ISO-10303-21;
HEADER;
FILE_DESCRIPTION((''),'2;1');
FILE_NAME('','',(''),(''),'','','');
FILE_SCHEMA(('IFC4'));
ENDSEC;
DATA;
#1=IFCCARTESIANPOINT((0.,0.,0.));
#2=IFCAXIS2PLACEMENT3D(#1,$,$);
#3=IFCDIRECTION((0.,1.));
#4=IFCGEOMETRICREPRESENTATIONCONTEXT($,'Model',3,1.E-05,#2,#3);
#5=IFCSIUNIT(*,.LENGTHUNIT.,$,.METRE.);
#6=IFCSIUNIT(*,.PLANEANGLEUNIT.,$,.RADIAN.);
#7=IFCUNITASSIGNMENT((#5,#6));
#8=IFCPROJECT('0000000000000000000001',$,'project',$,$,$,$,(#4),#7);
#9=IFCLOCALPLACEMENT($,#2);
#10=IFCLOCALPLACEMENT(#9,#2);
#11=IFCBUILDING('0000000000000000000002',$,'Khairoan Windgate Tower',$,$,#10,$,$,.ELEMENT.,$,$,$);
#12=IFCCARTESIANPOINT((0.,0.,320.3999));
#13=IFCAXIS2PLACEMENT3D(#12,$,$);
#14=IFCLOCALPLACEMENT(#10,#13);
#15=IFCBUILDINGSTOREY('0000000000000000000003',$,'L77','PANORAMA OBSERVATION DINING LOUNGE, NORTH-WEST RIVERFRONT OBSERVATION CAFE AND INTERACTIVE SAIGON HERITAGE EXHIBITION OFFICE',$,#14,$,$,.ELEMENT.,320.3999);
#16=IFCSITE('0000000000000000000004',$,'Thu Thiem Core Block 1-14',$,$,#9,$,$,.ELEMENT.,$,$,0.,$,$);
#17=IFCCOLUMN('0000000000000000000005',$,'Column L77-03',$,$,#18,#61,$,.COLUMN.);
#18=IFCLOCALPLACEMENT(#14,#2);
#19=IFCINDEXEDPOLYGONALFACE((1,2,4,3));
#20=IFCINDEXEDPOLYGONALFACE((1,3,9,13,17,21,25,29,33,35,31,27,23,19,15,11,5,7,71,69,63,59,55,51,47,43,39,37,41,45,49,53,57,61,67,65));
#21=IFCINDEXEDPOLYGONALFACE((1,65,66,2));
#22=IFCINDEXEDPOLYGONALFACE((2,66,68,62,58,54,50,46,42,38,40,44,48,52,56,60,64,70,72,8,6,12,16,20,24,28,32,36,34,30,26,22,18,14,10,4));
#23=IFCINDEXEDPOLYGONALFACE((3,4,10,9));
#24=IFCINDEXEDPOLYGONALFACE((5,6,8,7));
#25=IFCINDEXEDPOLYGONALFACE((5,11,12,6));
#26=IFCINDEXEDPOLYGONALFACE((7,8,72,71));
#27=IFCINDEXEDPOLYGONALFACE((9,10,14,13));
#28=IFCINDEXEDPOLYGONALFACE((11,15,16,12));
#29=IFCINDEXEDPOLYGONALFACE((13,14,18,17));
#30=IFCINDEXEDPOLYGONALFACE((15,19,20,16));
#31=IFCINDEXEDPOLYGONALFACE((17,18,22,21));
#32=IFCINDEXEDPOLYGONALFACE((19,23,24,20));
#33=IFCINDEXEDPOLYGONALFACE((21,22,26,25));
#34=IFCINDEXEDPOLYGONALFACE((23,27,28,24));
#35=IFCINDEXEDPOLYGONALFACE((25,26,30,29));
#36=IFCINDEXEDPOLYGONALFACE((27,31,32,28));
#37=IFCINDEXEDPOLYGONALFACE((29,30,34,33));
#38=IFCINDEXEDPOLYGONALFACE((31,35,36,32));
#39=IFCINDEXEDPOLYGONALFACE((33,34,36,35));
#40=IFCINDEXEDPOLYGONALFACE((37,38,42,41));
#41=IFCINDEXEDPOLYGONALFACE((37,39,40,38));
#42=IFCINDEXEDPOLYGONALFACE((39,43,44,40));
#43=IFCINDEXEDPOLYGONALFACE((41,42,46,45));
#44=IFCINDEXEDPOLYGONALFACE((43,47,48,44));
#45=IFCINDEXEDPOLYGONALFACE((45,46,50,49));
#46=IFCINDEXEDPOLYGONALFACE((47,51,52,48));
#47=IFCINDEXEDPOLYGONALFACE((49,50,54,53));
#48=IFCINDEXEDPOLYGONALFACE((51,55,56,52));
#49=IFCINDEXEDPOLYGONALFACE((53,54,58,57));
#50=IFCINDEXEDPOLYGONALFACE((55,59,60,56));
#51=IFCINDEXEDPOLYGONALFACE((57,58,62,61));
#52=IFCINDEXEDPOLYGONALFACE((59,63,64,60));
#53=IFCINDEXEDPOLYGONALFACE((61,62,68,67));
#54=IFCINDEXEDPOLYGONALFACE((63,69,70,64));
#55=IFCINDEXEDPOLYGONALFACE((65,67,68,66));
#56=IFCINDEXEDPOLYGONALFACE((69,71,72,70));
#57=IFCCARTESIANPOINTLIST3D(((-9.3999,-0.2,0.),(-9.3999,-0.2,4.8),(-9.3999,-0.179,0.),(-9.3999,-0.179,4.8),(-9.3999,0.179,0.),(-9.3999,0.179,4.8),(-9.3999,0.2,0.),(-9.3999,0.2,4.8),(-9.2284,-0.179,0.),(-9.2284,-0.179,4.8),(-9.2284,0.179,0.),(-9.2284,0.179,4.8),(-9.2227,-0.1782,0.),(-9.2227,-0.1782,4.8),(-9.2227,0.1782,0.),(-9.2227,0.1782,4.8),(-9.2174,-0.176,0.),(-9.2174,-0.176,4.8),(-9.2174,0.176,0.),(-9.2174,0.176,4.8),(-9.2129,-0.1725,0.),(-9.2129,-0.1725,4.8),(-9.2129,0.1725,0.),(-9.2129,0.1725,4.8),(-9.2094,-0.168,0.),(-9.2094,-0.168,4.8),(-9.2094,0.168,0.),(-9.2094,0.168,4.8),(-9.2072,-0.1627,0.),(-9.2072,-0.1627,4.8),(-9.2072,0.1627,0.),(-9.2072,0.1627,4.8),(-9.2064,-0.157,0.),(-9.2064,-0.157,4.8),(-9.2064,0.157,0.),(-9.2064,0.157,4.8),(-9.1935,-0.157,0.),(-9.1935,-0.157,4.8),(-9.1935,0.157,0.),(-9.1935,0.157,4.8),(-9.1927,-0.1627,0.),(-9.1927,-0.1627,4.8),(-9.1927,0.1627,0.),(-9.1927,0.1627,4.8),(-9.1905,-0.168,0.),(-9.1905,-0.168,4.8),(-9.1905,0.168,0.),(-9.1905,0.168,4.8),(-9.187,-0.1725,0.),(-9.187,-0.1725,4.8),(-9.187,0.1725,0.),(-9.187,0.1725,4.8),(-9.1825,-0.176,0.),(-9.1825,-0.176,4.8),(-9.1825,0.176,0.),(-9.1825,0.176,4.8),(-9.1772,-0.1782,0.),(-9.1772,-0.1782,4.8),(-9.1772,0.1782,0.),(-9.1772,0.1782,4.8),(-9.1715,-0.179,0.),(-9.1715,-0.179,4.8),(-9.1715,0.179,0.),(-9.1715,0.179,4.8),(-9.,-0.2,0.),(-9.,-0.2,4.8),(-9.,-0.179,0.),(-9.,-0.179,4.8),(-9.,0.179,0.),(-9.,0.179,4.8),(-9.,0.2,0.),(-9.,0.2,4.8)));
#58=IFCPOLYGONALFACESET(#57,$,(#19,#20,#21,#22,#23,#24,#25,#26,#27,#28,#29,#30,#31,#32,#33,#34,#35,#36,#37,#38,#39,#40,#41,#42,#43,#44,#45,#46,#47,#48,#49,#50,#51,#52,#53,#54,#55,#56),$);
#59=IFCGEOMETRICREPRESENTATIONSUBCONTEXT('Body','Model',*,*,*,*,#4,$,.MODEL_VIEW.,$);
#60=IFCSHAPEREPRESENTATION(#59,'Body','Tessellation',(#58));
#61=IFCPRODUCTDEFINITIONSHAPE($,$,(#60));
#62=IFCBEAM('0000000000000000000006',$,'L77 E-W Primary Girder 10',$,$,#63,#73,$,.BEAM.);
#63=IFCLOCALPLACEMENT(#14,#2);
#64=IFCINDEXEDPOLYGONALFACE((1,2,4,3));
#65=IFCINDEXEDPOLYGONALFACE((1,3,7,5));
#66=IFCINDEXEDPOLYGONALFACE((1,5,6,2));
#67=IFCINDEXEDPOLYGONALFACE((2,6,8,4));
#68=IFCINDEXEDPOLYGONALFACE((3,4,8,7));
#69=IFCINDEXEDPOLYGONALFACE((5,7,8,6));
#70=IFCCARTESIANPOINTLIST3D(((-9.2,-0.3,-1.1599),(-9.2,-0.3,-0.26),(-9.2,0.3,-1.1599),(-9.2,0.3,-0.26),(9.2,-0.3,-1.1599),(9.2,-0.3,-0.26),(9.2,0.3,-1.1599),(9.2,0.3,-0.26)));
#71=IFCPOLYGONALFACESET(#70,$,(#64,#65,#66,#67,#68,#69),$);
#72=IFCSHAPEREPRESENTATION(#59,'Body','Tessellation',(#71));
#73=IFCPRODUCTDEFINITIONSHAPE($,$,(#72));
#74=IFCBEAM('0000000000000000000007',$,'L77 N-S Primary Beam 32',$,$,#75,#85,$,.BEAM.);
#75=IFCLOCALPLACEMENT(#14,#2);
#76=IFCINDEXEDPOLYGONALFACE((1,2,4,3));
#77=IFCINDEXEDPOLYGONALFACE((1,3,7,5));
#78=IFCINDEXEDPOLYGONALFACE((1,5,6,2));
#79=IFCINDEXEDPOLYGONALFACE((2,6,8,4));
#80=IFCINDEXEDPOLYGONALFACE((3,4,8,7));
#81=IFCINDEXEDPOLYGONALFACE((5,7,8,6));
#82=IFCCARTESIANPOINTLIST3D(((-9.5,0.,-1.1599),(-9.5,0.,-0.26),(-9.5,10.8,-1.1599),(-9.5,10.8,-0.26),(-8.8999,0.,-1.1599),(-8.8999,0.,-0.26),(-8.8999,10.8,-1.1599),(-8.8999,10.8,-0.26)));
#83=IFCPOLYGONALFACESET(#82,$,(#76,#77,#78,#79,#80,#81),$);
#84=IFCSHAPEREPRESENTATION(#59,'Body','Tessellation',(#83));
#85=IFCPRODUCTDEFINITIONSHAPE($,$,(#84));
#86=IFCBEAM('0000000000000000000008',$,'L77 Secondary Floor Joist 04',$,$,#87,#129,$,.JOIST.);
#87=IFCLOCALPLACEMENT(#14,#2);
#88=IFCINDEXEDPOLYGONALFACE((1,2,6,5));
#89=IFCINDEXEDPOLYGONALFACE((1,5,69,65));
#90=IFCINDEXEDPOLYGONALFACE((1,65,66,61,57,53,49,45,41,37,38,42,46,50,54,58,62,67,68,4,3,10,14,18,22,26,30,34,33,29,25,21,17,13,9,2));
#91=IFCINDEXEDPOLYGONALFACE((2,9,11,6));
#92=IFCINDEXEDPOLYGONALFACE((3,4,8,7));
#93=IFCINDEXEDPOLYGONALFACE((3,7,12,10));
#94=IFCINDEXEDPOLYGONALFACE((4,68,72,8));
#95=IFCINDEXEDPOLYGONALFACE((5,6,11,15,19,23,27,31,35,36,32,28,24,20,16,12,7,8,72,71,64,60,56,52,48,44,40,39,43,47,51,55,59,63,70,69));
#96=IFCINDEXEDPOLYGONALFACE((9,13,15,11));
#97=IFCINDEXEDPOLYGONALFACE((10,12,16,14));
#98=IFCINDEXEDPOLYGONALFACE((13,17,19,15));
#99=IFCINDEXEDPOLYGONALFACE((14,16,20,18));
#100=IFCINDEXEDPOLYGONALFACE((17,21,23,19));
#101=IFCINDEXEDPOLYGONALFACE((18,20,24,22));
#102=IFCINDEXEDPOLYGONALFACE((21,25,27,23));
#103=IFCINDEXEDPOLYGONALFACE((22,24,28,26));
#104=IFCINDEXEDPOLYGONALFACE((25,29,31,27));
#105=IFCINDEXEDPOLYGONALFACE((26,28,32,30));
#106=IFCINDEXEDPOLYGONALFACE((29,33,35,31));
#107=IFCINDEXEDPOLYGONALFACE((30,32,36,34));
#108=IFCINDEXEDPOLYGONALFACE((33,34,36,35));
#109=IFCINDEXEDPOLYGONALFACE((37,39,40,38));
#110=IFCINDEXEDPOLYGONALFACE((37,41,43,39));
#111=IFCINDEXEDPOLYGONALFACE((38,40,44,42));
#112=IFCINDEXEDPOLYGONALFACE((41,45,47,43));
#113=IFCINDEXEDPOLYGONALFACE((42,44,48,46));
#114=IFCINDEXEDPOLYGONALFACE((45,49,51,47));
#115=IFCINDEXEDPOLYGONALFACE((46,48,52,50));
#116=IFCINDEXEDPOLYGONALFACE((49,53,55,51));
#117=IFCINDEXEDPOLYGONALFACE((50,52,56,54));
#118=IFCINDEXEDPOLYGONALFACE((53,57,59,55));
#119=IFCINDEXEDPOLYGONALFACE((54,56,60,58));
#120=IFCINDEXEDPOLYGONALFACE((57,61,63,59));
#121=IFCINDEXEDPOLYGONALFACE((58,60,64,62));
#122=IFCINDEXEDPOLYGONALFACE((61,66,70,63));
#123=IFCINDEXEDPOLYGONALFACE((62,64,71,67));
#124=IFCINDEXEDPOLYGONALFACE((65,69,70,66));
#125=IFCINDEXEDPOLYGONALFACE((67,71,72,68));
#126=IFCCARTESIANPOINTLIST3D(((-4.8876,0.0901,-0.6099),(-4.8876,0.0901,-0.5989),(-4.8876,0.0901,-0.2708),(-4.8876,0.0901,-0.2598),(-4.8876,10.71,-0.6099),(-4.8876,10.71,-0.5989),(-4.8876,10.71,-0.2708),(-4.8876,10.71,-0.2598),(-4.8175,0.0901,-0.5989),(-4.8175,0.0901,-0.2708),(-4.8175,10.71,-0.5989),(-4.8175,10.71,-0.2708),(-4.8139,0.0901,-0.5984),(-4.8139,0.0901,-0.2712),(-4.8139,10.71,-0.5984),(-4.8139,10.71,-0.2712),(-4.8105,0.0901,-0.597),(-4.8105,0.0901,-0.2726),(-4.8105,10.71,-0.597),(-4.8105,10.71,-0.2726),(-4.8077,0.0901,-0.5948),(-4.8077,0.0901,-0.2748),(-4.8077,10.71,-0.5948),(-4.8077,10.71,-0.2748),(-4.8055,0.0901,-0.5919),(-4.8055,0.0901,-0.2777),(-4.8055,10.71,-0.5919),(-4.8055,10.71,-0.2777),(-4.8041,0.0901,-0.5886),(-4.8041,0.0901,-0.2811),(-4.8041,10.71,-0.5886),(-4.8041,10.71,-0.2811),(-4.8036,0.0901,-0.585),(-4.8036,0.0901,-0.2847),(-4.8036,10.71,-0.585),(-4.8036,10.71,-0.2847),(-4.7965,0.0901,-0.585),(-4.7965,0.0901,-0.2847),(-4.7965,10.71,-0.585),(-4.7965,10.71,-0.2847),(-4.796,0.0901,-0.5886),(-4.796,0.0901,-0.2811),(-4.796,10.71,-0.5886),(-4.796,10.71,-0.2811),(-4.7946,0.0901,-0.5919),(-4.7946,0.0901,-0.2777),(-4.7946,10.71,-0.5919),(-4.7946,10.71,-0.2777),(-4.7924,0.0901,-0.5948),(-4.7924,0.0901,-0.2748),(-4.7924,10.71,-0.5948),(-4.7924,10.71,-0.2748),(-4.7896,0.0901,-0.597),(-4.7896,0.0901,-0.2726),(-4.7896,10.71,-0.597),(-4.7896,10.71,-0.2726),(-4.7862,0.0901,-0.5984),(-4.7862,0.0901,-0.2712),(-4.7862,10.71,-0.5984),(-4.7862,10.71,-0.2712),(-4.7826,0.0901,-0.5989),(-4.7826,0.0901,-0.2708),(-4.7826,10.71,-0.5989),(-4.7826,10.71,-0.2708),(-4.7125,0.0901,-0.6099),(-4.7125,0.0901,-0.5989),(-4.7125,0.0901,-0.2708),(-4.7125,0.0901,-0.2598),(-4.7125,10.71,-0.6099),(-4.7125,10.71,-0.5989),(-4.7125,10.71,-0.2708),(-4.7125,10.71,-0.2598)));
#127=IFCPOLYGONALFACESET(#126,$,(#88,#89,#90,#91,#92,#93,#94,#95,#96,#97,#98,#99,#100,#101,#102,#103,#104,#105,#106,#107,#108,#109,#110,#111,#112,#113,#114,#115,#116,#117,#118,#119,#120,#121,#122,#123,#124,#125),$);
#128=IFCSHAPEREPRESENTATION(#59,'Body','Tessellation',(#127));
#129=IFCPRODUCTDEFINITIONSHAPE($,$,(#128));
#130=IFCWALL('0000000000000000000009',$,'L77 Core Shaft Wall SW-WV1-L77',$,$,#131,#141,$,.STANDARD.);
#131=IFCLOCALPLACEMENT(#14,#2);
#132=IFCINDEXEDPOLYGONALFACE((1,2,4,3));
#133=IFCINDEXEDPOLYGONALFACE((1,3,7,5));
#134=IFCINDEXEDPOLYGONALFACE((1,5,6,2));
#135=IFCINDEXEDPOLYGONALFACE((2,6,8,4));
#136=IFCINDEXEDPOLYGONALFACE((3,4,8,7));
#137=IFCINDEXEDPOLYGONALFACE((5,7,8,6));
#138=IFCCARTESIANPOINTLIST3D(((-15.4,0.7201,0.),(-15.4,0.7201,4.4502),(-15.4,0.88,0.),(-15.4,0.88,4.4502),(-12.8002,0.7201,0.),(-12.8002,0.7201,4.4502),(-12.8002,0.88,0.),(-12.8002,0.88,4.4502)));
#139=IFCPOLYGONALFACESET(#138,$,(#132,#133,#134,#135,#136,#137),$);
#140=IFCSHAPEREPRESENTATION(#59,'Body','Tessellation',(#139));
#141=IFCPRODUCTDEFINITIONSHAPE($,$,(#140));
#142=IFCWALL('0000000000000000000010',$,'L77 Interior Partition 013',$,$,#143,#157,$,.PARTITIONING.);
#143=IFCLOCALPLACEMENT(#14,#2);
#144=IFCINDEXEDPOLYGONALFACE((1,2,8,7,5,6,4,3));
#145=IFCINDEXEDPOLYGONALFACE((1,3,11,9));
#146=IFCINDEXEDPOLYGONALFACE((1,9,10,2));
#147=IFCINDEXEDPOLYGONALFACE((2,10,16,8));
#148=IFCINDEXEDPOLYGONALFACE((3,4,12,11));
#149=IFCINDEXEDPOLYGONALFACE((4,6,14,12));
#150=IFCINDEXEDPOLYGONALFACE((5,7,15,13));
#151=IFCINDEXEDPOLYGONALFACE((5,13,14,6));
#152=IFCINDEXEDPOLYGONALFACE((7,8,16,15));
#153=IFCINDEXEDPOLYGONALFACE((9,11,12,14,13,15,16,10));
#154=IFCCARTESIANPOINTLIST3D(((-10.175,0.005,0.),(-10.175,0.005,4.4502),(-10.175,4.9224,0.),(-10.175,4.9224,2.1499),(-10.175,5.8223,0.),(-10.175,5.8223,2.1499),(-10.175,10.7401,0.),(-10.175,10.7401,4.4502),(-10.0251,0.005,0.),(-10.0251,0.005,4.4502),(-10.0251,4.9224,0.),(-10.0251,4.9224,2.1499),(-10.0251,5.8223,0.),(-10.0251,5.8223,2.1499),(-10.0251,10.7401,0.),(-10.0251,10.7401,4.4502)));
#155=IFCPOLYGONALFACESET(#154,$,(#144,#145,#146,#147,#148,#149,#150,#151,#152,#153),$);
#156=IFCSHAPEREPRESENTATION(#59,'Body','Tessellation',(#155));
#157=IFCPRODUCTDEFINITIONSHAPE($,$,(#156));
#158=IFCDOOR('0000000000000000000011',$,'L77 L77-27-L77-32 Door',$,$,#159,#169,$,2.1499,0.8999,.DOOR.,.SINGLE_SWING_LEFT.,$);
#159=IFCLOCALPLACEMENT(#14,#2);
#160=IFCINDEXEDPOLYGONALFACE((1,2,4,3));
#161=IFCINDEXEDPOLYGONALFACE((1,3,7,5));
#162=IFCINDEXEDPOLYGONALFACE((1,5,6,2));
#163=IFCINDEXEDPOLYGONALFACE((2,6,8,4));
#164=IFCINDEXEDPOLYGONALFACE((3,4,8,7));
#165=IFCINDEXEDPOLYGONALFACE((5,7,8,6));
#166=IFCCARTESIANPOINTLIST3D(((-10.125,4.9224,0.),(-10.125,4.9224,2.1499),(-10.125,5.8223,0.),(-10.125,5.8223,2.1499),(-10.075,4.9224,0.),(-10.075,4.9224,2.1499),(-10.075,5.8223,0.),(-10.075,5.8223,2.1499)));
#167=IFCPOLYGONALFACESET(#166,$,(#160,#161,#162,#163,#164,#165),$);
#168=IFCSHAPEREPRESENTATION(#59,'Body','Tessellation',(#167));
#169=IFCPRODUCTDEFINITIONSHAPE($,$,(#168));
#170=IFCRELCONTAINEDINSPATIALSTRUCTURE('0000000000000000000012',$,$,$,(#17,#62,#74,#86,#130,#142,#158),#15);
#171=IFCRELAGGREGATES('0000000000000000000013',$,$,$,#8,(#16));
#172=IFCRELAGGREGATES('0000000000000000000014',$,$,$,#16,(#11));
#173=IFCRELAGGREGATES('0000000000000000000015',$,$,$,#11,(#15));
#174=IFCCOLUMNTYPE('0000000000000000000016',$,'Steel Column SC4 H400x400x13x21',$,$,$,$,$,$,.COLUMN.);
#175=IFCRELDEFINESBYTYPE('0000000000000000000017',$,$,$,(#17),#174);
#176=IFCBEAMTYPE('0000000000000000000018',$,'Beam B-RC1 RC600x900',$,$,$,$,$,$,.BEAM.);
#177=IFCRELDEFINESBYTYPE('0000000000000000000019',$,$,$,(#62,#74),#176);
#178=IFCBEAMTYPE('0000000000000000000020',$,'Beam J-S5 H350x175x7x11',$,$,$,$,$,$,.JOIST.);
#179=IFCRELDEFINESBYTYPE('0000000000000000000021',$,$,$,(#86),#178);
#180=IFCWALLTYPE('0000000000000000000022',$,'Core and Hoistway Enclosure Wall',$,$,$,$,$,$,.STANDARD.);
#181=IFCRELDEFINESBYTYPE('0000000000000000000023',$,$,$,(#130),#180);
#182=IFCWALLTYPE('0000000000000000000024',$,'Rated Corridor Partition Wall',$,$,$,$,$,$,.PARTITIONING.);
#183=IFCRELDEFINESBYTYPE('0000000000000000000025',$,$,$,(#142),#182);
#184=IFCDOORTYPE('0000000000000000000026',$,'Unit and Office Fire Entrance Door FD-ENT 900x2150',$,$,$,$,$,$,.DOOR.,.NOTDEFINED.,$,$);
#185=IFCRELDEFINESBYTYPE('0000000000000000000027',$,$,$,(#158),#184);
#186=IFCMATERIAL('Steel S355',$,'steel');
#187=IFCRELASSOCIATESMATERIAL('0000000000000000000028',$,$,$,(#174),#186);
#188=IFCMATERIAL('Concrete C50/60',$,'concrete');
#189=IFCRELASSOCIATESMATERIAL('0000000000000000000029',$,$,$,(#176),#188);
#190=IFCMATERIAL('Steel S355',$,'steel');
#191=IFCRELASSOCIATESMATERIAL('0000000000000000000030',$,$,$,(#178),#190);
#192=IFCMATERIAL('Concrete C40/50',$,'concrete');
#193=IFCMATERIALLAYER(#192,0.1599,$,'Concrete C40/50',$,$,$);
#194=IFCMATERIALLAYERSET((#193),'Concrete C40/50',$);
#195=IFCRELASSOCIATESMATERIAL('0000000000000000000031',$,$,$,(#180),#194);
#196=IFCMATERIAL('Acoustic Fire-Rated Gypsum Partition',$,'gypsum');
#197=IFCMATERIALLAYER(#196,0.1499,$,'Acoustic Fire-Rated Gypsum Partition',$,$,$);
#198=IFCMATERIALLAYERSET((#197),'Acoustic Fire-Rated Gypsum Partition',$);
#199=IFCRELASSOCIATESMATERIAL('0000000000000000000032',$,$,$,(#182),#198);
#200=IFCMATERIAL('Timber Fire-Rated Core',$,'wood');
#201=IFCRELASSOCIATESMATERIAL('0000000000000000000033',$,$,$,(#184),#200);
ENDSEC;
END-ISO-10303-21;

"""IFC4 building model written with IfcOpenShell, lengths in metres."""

from ifc_helpers import new_model, si_unit, direction, frame, frame_2d, origin, origin_2d, place, context, subcontext, project, spatial, rectangle, i_section, extrude, material, layer, layer_set, material_profile, profile_set, type_object, element, fill, save


model = new_model("IFC4")

# Units and contexts
model_context = context("Model", 3, precision=1e-05, world=origin(), true_north=direction((0.0, 1.0)))
body_context = subcontext(model_context, "Body", "Model", "MODEL_VIEW")
ifc_project = project(units=[si_unit("LENGTHUNIT", "METRE"), si_unit("PLANEANGLEUNIT", "RADIAN")], contexts=[model_context])

# Site, building, storey
site_placement = place(None, origin())
site = spatial("IfcSite", under=ifc_project, at=site_placement, Name="Thu Thiem Core Block 1-14", CompositionType="ELEMENT", RefElevation=0.0)
building_placement = place(site_placement, origin())
building = spatial("IfcBuilding", under=site, at=building_placement, Name="Khairoan Windgate Tower", CompositionType="ELEMENT")
storey_placement = place(building_placement, frame((0.0, 0.0, 320.3999)))
storey = spatial("IfcBuildingStorey", under=building, at=storey_placement, Name="L77", Description="PANORAMA OBSERVATION DINING LOUNGE, NORTH-WEST RIVERFRONT OBSERVATION CAFE AND INTERACTIVE SAIGON HERITAGE EXHIBITION OFFICE", CompositionType="ELEMENT", Elevation=320.3999)

# Column
ifc_material_1 = material(Name="Steel S355", Category="steel")
ifc_material_profile_1 = material_profile(ifc_material_1, i_section(OverallWidth=0.3999, OverallDepth=0.3999, WebThickness=0.0129, FlangeThickness=0.021, FilletRadius=0.022, at=origin_2d()))
ifc_profile_set_1 = profile_set([ifc_material_profile_1], Name="Steel S355")
column_type = type_object("IfcColumnType", Name="Steel Column SC4 H400x400x13x21", PredefinedType="COLUMN", material=ifc_profile_set_1)
column_placement = place(storey_placement, frame((-9.2, 0.0, 0.0), z_axis=(0.0, 0.0, 1.0), x_axis=(1.0, 0.0, 0.0)))
element("IfcColumn", 1, at=column_placement, inside=storey, type_object=column_type, Name="Column L77-03", PredefinedType="COLUMN", context=body_context, shape_type="SweptSolid", body=[
    extrude(i_section(OverallWidth=0.3999, OverallDepth=0.3999, WebThickness=0.0129, FlangeThickness=0.021, FilletRadius=0.022, at=origin_2d()), origin(), (0.0, 0.0, 1.0), 4.8),
])

# Beams
ifc_material_2 = material(Name="Concrete C50/60", Category="concrete")
ifc_material_profile_2 = material_profile(ifc_material_2, rectangle(XDim=0.6001, YDim=0.8999, at=origin_2d()))
ifc_profile_set_2 = profile_set([ifc_material_profile_2], Name="Concrete C50/60")
beam_type_1 = type_object("IfcBeamType", Name="Beam B-RC1 RC600x900", PredefinedType="BEAM", material=ifc_profile_set_2)
beam_1_placement = place(storey_placement, frame((-9.2, 0.0, -0.71), z_axis=(1.0, 0.0, 0.0), x_axis=(0.0, 1.0, 0.0)))
element("IfcBeam", 2, at=beam_1_placement, inside=storey, type_object=beam_type_1, Name="L77 E-W Primary Girder 10", PredefinedType="BEAM", context=body_context, shape_type="SweptSolid", body=[
    extrude(rectangle(XDim=0.6001, YDim=0.8999, at=origin_2d()), origin(), (0.0, 0.0, 1.0), 18.3999),
])
beam_2_placement = place(storey_placement, frame((-9.2, 0.0, -0.71), z_axis=(0.0, 1.0, 0.0), x_axis=(-1.0, 0.0, 0.0)))
element("IfcBeam", 3, at=beam_2_placement, inside=storey, type_object=beam_type_1, Name="L77 N-S Primary Beam 32", PredefinedType="BEAM", context=body_context, shape_type="SweptSolid", body=[
    extrude(rectangle(XDim=0.6001, YDim=0.8999, at=origin_2d()), origin(), (0.0, 0.0, 1.0), 10.8),
])
ifc_material_3 = material(Name="Steel S355", Category="steel")
ifc_material_profile_3 = material_profile(ifc_material_3, i_section(OverallWidth=0.175, OverallDepth=0.3501, WebThickness=0.0071, FlangeThickness=0.011, FilletRadius=0.0139, at=origin_2d()))
ifc_profile_set_3 = profile_set([ifc_material_profile_3], Name="Steel S355")
beam_type_2 = type_object("IfcBeamType", Name="Beam J-S5 H350x175x7x11", PredefinedType="JOIST", material=ifc_profile_set_3)
beam_3_placement = place(storey_placement, frame((-4.8, 0.0901, -0.4348), z_axis=(0.0, 1.0, 0.0), x_axis=(-1.0, 0.0, 0.0)))
element("IfcBeam", 4, at=beam_3_placement, inside=storey, type_object=beam_type_2, Name="L77 Secondary Floor Joist 04", PredefinedType="JOIST", context=body_context, shape_type="SweptSolid", body=[
    extrude(i_section(OverallWidth=0.175, OverallDepth=0.3501, WebThickness=0.0071, FlangeThickness=0.011, FilletRadius=0.0139, at=origin_2d()), origin(), (0.0, 0.0, 1.0), 10.6199),
])

# Wall
ifc_material_4 = material(Name="Concrete C40/50", Category="concrete")
ifc_layer_1 = layer(ifc_material_4, 0.1599, Name="Concrete C40/50")
ifc_layer_set_1 = layer_set([ifc_layer_1], Name="Concrete C40/50")
wall_type_1 = type_object("IfcWallType", Name="Core and Hoistway Enclosure Wall", PredefinedType="STANDARD", material=ifc_layer_set_1)
wall_1_placement = place(storey_placement, frame((-15.3999, 0.8, 0.0), z_axis=(0.0, 0.0, 1.0), x_axis=(1.0, 0.0, 0.0)))
element("IfcWall", 5, at=wall_1_placement, inside=storey, type_object=wall_type_1, Name="L77 Core Shaft Wall SW-WV1-L77", PredefinedType="STANDARD", context=body_context, shape_type="SweptSolid", body=[
    extrude(rectangle(XDim=2.5999, YDim=0.1599, at=frame_2d((1.2998, 0.0))), origin(), (0.0, 0.0, 1.0), 4.4502),
])

# Wall, opening, door
ifc_material_5 = material(Name="Acoustic Fire-Rated Gypsum Partition", Category="gypsum")
ifc_layer_2 = layer(ifc_material_5, 0.1499, Name="Acoustic Fire-Rated Gypsum Partition")
ifc_layer_set_2 = layer_set([ifc_layer_2], Name="Acoustic Fire-Rated Gypsum Partition")
wall_type_2 = type_object("IfcWallType", Name="Rated Corridor Partition Wall", PredefinedType="PARTITIONING", material=ifc_layer_set_2)
wall_2_placement = place(storey_placement, frame((-10.1001, 0.0049, 0.0), z_axis=(0.0, 0.0, 1.0), x_axis=(0.0, 1.0, 0.0)))
wall_2 = element("IfcWall", 6, at=wall_2_placement, inside=storey, type_object=wall_type_2, Name="L77 Interior Partition 013", PredefinedType="PARTITIONING", context=body_context, shape_type="SweptSolid", body=[
    extrude(rectangle(XDim=10.7351, YDim=0.1499, at=frame_2d((5.3677, 0.0))), origin(), (0.0, 0.0, 1.0), 4.4502),
])
opening_1_placement = place(wall_2_placement, frame((4.9175, 0.0, 0.0)))
opening_1 = element("IfcOpeningElement", 7, at=opening_1_placement, cuts=wall_2, PredefinedType="OPENING", context=body_context, shape_type="SweptSolid", body=[
    extrude(rectangle(XDim=0.8999, YDim=2.1499, at=frame_2d((0.45, 1.075))), frame((0.0, 0.085, 0.0), z_axis=(0.0, -1.0, 0.0), x_axis=(1.0, 0.0, 0.0)), (0.0, 0.0, 1.0), 0.1699),
])
ifc_material_6 = material(Name="Timber Fire-Rated Core", Category="wood")
door_type_1 = type_object("IfcDoorType", Name="Unit and Office Fire Entrance Door FD-ENT 900x2150", OperationType="NOTDEFINED", PredefinedType="DOOR", material=ifc_material_6)
door_1_placement = place(opening_1_placement, origin())
door_1 = element("IfcDoor", 8, at=door_1_placement, inside=storey, type_object=door_type_1, Name="L77 L77-27-L77-32 Door", OperationType="SINGLE_SWING_LEFT", OverallHeight=2.1499, OverallWidth=0.8999, PredefinedType="DOOR", context=body_context, shape_type="SweptSolid", body=[
    extrude(rectangle(XDim=0.8999, YDim=2.1499, at=frame_2d((0.45, 1.075))), frame((0.0, 0.0249, 0.0), z_axis=(0.0, -1.0, 0.0), x_axis=(1.0, 0.0, 0.0)), (0.0, 0.0, 1.0), 0.05),
])
fill(opening_1, door_1)

save(model, "model.ifc")
